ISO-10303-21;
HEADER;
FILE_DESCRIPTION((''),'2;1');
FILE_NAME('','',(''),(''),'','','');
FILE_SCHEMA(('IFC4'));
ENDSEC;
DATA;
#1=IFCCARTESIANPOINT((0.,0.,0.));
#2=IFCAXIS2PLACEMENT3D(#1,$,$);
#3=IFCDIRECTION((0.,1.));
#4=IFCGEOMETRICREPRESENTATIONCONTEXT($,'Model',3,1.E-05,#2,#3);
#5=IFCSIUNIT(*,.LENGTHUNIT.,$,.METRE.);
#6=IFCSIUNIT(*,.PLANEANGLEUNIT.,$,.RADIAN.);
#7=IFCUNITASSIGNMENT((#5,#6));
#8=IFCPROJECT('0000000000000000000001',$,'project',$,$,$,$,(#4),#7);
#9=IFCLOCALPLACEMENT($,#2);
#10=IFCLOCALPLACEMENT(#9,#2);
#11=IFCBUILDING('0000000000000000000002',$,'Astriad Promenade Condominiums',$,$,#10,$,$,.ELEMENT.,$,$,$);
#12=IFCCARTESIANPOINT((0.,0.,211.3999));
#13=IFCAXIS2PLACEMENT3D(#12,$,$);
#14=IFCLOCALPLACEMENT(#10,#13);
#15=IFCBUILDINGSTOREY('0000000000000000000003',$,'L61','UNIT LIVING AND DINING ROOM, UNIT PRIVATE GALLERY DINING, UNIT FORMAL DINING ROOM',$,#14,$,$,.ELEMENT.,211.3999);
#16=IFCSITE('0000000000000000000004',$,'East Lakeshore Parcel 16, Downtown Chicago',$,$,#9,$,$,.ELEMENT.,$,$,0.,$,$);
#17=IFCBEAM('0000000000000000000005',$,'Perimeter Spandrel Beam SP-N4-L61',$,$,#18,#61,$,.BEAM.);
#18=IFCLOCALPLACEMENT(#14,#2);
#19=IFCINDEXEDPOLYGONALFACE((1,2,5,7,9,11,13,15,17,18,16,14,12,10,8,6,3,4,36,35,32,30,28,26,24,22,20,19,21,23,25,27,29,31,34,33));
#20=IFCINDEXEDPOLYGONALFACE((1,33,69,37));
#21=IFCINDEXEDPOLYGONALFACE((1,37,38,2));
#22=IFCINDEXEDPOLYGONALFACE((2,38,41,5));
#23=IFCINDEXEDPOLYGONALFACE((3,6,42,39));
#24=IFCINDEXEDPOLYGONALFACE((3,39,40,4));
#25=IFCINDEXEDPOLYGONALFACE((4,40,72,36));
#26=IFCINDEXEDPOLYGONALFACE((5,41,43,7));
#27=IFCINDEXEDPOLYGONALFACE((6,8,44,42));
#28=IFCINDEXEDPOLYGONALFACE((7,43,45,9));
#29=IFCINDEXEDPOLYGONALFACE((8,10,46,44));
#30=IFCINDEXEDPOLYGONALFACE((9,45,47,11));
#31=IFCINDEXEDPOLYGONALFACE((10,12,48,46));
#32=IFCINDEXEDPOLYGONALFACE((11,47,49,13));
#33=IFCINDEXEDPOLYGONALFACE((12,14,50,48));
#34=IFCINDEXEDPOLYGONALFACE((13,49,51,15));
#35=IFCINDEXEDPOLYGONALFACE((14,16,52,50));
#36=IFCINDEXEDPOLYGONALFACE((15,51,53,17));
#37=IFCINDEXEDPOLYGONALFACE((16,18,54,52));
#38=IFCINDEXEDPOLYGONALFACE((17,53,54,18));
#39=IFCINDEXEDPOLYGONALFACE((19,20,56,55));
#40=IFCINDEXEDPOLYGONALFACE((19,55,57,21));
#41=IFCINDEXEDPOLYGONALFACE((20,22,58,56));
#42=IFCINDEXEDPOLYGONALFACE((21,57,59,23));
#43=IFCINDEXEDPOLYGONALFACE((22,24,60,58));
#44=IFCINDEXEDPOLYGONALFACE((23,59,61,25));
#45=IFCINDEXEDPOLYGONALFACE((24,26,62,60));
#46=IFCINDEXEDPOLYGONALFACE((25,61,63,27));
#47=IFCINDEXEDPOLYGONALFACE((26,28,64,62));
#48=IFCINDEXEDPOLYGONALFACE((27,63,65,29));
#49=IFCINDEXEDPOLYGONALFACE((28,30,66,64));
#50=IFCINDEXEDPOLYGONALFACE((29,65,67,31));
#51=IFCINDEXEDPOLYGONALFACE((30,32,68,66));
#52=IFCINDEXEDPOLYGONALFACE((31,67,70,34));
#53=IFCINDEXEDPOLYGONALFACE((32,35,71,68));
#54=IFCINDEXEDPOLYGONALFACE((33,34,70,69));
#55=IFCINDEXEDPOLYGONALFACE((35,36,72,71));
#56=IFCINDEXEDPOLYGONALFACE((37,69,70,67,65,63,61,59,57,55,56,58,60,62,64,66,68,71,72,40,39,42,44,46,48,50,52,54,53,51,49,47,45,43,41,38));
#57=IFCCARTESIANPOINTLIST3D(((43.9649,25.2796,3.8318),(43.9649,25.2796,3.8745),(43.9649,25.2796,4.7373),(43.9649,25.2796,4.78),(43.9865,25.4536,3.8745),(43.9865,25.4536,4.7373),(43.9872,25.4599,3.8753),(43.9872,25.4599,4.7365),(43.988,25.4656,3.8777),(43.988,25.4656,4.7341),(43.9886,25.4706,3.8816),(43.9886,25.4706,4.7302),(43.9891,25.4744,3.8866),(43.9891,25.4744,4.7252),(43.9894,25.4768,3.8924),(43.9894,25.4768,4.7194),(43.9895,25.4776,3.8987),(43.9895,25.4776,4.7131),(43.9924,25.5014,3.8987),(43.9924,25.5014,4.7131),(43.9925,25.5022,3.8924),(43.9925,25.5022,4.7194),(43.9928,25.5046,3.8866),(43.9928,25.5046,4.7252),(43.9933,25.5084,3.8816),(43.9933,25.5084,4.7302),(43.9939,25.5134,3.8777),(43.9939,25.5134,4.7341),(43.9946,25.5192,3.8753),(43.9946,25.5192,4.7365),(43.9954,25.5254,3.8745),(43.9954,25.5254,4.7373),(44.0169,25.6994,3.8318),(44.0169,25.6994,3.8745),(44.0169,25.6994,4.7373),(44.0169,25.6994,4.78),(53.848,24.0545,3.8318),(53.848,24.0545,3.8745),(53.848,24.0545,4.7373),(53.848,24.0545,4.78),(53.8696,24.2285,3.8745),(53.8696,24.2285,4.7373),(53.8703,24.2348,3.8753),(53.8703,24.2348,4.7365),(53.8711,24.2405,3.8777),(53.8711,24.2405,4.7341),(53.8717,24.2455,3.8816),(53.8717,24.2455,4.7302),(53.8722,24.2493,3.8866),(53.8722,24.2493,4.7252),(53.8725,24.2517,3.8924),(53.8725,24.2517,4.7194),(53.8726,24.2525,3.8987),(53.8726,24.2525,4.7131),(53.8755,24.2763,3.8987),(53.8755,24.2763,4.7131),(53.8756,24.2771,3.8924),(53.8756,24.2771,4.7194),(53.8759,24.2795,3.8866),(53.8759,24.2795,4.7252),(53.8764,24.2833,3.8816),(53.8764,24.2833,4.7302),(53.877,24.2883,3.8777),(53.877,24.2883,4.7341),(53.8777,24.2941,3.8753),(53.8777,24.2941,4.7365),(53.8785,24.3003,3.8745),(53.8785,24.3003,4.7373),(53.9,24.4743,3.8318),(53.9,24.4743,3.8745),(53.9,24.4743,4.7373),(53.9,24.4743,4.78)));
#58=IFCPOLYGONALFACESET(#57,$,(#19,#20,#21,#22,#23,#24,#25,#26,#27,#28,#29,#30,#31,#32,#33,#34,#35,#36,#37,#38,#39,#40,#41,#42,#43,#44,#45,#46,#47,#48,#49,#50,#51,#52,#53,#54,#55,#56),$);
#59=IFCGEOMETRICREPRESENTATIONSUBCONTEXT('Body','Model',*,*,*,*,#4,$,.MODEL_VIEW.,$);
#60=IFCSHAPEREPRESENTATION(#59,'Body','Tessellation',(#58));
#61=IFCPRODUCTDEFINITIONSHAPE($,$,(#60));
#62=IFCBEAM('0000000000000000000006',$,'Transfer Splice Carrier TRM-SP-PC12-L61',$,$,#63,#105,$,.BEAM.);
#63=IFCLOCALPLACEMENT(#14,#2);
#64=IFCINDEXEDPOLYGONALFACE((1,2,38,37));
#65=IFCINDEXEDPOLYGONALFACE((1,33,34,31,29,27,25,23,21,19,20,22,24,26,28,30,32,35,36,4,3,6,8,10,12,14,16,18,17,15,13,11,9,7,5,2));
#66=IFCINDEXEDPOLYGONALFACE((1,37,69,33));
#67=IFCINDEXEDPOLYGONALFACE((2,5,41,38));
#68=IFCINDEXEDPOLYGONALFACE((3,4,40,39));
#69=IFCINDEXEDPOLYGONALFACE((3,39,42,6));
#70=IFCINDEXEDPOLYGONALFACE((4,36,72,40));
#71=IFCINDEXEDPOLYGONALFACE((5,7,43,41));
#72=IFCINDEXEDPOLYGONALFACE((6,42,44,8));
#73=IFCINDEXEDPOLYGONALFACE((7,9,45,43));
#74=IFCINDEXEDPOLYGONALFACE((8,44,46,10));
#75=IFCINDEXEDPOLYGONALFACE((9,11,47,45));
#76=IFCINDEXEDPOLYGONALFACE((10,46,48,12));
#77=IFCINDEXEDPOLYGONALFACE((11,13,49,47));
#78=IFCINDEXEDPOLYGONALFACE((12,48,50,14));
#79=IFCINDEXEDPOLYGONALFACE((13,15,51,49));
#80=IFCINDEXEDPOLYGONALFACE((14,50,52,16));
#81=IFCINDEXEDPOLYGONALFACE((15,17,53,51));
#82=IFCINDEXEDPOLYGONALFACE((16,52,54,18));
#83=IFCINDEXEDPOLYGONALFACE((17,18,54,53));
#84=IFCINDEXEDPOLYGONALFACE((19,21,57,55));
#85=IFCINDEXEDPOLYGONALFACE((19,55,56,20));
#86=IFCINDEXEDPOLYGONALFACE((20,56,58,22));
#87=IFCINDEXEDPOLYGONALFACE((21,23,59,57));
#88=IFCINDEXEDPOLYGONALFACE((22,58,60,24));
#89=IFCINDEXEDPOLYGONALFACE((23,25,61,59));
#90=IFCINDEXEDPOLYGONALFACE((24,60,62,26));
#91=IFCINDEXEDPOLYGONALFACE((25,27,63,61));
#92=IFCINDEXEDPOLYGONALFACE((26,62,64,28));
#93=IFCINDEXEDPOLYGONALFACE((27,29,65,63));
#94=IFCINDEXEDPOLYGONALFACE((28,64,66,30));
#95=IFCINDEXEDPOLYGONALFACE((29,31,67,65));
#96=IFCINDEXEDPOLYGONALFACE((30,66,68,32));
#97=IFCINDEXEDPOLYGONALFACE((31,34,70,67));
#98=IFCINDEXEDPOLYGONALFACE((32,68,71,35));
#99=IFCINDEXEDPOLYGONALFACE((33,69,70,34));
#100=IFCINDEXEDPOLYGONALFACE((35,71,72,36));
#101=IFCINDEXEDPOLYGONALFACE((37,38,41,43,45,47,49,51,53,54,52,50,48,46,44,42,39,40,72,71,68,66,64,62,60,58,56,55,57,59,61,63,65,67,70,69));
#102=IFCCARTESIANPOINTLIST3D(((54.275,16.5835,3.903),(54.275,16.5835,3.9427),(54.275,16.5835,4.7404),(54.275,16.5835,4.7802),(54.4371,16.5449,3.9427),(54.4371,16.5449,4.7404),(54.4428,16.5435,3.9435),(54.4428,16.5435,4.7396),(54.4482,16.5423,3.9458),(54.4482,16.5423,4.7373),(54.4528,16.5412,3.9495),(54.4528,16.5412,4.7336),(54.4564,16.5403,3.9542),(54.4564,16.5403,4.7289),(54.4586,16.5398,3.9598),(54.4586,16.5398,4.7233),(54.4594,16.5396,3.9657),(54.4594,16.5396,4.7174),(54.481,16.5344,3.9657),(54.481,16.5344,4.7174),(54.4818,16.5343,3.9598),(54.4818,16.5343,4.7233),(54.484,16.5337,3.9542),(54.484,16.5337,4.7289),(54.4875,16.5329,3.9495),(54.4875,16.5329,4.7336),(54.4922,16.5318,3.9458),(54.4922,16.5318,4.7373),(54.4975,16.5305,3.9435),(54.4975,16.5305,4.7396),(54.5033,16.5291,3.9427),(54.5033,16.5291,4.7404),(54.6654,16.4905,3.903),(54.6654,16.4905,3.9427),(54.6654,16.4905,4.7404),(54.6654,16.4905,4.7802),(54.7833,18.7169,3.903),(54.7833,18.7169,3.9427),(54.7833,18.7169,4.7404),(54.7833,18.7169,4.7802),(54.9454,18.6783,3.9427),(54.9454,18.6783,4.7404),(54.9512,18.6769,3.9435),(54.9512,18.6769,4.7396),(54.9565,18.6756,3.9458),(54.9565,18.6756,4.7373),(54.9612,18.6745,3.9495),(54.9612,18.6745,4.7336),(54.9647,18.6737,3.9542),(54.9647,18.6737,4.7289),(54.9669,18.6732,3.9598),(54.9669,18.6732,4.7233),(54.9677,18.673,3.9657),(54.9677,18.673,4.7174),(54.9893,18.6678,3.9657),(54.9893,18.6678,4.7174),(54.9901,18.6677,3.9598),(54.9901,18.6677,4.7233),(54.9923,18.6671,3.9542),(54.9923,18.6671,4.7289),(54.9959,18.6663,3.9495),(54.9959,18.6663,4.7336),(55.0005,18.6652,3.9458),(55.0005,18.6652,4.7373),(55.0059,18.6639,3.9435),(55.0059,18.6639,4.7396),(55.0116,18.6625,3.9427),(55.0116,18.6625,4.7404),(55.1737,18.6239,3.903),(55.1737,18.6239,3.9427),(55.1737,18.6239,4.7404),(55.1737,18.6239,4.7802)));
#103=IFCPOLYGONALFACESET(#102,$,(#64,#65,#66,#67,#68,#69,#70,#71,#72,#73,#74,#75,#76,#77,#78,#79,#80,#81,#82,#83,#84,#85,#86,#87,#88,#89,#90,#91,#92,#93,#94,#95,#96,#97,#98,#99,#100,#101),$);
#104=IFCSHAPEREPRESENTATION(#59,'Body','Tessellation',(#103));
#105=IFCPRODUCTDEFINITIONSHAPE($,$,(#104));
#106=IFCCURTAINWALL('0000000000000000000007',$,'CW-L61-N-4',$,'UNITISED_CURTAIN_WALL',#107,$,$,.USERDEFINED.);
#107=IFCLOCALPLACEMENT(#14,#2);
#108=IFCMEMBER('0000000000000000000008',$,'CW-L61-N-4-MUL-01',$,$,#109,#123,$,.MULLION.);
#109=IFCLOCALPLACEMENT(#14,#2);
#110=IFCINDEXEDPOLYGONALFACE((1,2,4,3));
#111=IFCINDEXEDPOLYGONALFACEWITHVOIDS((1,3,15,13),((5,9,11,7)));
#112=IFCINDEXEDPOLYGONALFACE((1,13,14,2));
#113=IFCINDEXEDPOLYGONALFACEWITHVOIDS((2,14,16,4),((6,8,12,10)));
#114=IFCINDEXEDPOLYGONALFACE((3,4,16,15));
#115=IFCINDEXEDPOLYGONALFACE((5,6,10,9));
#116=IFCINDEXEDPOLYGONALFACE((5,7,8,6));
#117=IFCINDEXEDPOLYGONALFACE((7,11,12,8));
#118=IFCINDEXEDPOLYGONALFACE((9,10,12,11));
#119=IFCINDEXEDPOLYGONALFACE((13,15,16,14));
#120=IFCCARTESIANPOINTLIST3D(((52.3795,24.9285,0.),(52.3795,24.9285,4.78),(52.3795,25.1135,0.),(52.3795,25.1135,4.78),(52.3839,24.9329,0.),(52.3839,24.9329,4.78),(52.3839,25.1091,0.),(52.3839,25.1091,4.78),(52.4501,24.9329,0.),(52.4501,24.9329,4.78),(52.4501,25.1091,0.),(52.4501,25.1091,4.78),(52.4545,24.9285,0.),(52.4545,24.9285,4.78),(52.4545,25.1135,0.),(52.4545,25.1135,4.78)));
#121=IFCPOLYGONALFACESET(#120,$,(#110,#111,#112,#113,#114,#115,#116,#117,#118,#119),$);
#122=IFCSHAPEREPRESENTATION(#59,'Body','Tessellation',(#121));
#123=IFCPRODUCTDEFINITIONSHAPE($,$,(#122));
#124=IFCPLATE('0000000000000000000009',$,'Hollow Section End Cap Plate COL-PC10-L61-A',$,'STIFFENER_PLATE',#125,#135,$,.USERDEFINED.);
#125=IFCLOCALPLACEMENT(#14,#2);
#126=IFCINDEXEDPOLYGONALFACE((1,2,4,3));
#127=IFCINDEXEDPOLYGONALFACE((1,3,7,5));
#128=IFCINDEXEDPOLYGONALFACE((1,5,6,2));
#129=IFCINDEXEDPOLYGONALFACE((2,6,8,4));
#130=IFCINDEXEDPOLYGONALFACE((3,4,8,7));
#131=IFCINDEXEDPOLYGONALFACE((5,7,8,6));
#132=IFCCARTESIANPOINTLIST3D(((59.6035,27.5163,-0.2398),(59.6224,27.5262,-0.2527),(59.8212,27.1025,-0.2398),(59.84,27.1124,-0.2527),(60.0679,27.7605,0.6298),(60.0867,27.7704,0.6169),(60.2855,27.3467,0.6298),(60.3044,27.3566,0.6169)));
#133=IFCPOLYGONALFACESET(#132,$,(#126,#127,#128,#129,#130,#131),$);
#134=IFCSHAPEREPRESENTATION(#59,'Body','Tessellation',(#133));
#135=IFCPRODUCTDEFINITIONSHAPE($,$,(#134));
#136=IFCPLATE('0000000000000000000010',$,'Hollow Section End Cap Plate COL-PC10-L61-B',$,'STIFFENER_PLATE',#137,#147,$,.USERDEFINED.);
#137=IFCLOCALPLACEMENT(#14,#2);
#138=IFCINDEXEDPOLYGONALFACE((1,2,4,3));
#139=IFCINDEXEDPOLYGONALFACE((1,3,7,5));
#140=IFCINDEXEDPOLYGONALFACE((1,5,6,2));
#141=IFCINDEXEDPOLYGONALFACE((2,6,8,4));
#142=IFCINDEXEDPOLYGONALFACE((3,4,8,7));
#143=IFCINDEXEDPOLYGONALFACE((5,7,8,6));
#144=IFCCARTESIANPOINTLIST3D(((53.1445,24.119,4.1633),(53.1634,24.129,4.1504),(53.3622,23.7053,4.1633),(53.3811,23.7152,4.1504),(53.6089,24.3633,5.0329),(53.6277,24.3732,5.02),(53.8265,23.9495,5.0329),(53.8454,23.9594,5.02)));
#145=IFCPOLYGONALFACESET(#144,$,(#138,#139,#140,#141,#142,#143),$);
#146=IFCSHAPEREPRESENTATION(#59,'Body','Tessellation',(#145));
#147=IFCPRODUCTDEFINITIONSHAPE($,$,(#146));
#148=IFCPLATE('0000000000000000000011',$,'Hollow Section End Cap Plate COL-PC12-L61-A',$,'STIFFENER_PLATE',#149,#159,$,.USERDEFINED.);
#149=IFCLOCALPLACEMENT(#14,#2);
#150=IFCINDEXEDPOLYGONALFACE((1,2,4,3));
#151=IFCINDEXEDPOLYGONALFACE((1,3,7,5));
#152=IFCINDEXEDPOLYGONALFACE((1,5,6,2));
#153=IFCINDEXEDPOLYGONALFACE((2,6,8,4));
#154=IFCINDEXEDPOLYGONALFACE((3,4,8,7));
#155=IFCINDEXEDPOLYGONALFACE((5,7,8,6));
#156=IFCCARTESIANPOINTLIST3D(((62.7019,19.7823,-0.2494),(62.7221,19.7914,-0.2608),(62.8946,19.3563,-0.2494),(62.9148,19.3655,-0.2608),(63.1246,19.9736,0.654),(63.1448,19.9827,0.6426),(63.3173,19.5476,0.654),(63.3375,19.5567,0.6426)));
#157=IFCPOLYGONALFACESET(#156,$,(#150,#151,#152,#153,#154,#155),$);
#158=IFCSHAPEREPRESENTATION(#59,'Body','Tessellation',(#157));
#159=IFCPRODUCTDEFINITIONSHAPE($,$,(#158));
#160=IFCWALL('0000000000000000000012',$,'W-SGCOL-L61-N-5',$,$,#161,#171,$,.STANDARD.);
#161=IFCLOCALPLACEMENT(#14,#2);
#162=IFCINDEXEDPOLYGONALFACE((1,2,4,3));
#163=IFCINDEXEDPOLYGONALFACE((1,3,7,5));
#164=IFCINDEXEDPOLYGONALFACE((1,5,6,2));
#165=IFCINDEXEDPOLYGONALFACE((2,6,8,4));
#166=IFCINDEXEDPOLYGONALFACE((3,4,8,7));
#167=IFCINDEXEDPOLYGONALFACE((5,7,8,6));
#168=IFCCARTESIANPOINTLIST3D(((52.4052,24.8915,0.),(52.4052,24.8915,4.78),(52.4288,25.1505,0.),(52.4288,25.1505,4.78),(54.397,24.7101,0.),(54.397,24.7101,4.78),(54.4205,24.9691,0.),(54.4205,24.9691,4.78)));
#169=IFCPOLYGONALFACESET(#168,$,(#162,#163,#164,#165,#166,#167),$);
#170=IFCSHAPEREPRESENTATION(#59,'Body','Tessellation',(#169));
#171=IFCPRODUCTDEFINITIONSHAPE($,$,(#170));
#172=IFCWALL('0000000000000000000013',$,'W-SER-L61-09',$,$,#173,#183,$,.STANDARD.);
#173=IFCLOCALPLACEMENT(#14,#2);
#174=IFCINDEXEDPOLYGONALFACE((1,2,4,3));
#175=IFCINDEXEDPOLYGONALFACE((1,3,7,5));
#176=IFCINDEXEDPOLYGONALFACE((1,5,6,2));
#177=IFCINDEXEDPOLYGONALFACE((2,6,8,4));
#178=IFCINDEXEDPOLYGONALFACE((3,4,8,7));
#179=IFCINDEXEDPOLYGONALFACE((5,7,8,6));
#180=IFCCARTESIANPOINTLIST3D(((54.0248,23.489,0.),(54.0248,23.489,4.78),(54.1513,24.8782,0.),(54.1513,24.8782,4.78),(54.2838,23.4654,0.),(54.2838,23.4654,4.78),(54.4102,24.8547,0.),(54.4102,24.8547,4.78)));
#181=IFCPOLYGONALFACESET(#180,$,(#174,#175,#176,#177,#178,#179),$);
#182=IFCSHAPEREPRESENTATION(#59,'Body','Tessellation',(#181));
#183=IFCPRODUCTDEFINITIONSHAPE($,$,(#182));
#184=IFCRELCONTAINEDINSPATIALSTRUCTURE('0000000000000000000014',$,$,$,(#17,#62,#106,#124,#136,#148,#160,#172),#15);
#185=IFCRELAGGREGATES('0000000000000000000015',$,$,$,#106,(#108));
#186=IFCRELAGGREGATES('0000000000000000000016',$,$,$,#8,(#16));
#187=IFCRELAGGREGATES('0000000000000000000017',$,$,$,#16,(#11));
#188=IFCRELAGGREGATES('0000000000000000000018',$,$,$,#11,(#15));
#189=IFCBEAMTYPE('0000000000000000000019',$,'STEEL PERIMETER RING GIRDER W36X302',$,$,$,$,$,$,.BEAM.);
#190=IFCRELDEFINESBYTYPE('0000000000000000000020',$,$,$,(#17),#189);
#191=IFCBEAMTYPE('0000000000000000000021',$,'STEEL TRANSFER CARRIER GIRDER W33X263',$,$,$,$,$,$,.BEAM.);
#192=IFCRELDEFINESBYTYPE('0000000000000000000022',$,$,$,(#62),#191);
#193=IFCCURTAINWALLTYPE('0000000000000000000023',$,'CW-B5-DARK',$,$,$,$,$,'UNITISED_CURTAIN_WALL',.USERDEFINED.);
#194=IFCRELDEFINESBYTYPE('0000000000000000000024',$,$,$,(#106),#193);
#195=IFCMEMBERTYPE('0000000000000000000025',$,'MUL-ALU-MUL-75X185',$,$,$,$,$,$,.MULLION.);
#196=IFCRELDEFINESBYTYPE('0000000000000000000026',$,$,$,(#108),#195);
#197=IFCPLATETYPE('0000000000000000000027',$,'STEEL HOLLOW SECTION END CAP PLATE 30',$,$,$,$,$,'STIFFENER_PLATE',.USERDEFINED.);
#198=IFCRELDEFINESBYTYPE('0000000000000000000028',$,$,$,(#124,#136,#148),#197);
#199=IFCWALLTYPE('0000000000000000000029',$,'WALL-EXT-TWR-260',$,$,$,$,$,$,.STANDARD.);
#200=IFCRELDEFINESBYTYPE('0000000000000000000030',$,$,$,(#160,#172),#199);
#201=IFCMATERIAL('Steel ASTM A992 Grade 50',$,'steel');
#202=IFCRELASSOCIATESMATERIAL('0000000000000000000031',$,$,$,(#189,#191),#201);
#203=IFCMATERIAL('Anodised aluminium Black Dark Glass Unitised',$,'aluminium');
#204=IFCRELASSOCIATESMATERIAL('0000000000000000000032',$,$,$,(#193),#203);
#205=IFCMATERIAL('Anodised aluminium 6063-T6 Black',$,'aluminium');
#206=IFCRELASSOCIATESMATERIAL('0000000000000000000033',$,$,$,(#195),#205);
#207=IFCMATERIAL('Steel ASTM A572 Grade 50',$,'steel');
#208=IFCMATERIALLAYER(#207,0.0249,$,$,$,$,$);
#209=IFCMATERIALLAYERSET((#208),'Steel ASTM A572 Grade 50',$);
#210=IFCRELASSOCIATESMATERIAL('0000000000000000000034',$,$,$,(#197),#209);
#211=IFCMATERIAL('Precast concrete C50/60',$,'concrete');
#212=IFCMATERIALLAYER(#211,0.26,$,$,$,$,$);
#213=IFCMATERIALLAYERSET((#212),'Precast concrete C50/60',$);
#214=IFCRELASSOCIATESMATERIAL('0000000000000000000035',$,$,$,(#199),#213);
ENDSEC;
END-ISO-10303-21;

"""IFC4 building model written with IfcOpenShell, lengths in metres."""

from ifc_helpers import new_model, si_unit, direction, frame, frame_2d, origin, origin_2d, place, context, subcontext, project, spatial, rectangle, hollow_rectangle, i_section, extrude, source, transform, mapped, material, layer, layer_set, material_profile, profile_set, type_object, type_shapes, element, aggregate, save


model = new_model("IFC4")

# Units and contexts
model_context = context("Model", 3, precision=1e-05, world=origin(), true_north=direction((0.0, 1.0)))
body_context = subcontext(model_context, "Body", "Model", "MODEL_VIEW")
ifc_project = project(units=[si_unit("LENGTHUNIT", "METRE"), si_unit("PLANEANGLEUNIT", "RADIAN")], contexts=[model_context])

# Site, building, storey
site_placement = place(None, origin())
site = spatial("IfcSite", under=ifc_project, at=site_placement, Name="East Lakeshore Parcel 16, Downtown Chicago", CompositionType="ELEMENT", RefElevation=0.0)
building_placement = place(site_placement, origin())
building = spatial("IfcBuilding", under=site, at=building_placement, Name="Astriad Promenade Condominiums", CompositionType="ELEMENT")
storey_placement = place(building_placement, frame((0.0, 0.0, 211.3999)))
storey = spatial("IfcBuildingStorey", under=building, at=storey_placement, Name="L61", Description="UNIT LIVING AND DINING ROOM, UNIT PRIVATE GALLERY DINING, UNIT FORMAL DINING ROOM", CompositionType="ELEMENT", Elevation=211.3999)

# Shared definitions
ifc_material_1 = material(Name="Steel ASTM A992 Grade 50", Category="steel")

# Beams
ifc_material_profile_1 = material_profile(ifc_material_1, i_section(OverallWidth=0.4231, OverallDepth=0.9482, WebThickness=0.0239, FlangeThickness=0.0427, FilletRadius=0.0242, at=origin_2d()), Name="W36X302")
ifc_profile_set_1 = profile_set([ifc_material_profile_1], Name="Steel ASTM A992 Grade 50")
beam_type_1 = type_object("IfcBeamType", Name="STEEL PERIMETER RING GIRDER W36X302", PredefinedType="BEAM", material=ifc_profile_set_1)
shared_shape_1 = source(origin(), body_context, "Body", "SweptSolid", [
    extrude(i_section(OverallWidth=0.4231, OverallDepth=0.9482, WebThickness=0.0239, FlangeThickness=0.0427, FilletRadius=0.0242, at=origin_2d()), origin(), (0.0, 0.0, 1.0), 9.9587),
])
type_shapes(beam_type_1, [shared_shape_1])
beam_1_placement = place(storey_placement, frame((53.874, 24.2644, 4.3059), z_axis=(-0.992404, 0.123018, 0.0), x_axis=(-0.123018, -0.992404, 0.0)))
element("IfcBeam", 1, at=beam_1_placement, inside=storey, type_object=beam_type_1, Name="Perimeter Spandrel Beam SP-N4-L61", PredefinedType="BEAM", context=body_context, shape_type="MappedRepresentation", body=[
    mapped(shared_shape_1, transform((0.0, 0.0, 0.0), scale=1.0)),
])
ifc_material_profile_2 = material_profile(ifc_material_1, i_section(OverallWidth=0.4014, OverallDepth=0.8772, WebThickness=0.0222, FlangeThickness=0.0398, FilletRadius=0.0229, at=origin_2d()), Name="W33X263")
ifc_profile_set_2 = profile_set([ifc_material_profile_2], Name="Steel ASTM A992 Grade 50")
beam_type_2 = type_object("IfcBeamType", Name="STEEL TRANSFER CARRIER GIRDER W33X263", PredefinedType="BEAM", material=ifc_profile_set_2)
shared_shape_2 = source(origin(), body_context, "Body", "SweptSolid", [
    extrude(i_section(OverallWidth=0.4014, OverallDepth=0.8772, WebThickness=0.0222, FlangeThickness=0.0398, FilletRadius=0.0229, at=origin_2d()), origin(), (0.0, 0.0, 1.0), 2.1931),
])
type_shapes(beam_type_2, [shared_shape_2])
beam_2_placement = place(storey_placement, frame((54.9785, 18.6704, 4.3416), z_axis=(-0.231781, -0.972768, 0.0), x_axis=(0.972768, -0.231781, 0.0)))
element("IfcBeam", 2, at=beam_2_placement, inside=storey, type_object=beam_type_2, Name="Transfer Splice Carrier TRM-SP-PC12-L61", PredefinedType="BEAM", context=body_context, shape_type="MappedRepresentation", body=[
    mapped(shared_shape_2, transform((0.0, 0.0, 0.0), scale=1.0)),
])

# Curtain wall, member
ifc_material_2 = material(Name="Anodised aluminium Black Dark Glass Unitised", Category="aluminium")
curtain_wall_type = type_object("IfcCurtainWallType", Name="CW-B5-DARK", ElementType="UNITISED_CURTAIN_WALL", PredefinedType="USERDEFINED", material=ifc_material_2)
curtain_wall_placement = place(storey_placement, origin())
curtain_wall = element("IfcCurtainWall", 3, at=curtain_wall_placement, inside=storey, type_object=curtain_wall_type, Name="CW-L61-N-4", ObjectType="UNITISED_CURTAIN_WALL", PredefinedType="USERDEFINED")
ifc_material_3 = material(Name="Anodised aluminium 6063-T6 Black", Category="aluminium")
ifc_material_profile_3 = material_profile(ifc_material_3, hollow_rectangle(XDim=0.075, YDim=0.1851, WallThickness=0.0044, at=origin_2d()), Name="ALU-MUL-75X185")
ifc_profile_set_3 = profile_set([ifc_material_profile_3], Name="Anodised aluminium 6063-T6 Black")
member_type = type_object("IfcMemberType", Name="MUL-ALU-MUL-75X185", PredefinedType="MULLION", material=ifc_profile_set_3)
shared_shape_3 = source(origin(), body_context, "Body", "SweptSolid", [
    extrude(hollow_rectangle(XDim=0.075, YDim=0.1851, WallThickness=0.0044, at=origin_2d()), origin(), (0.0, 0.0, 1.0), 4.78),
])
type_shapes(member_type, [shared_shape_3])
member_placement = place(storey_placement, frame((52.417, 25.021, 0.0), z_axis=(0.0, 0.0, 1.0), x_axis=(1.0, 0.0, 0.0)))
member = element("IfcMember", 4, at=member_placement, type_object=member_type, Name="CW-L61-N-4-MUL-01", PredefinedType="MULLION", context=body_context, shape_type="MappedRepresentation", body=[
    mapped(shared_shape_3, transform((0.0, 0.0, 0.0), scale=1.0)),
])
aggregate(curtain_wall, [member])

# Plates
ifc_material_4 = material(Name="Steel ASTM A572 Grade 50", Category="steel")
ifc_layer_1 = layer(ifc_material_4, 0.0249)
ifc_layer_set_1 = layer_set([ifc_layer_1], Name="Steel ASTM A572 Grade 50")
plate_type = type_object("IfcPlateType", Name="STEEL HOLLOW SECTION END CAP PLATE 30", ElementType="STIFFENER_PLATE", PredefinedType="USERDEFINED", material=ifc_layer_set_1)
shared_shape_4 = source(origin(), body_context, "Body", "SweptSolid", [
    extrude(rectangle(XDim=0.4675, YDim=1.0156, at=origin_2d()), origin(), (0.0, 0.0, 1.0), 0.0249),
])
type_shapes(plate_type, [shared_shape_4])
for number, where, z_axis, x_axis, name in (
    (5, (59.9634, 27.4414, 0.1821), (-0.757808, -0.398596, 0.516573), (0.465518, -0.885039, 0.0), "Hollow Section End Cap Plate COL-PC10-L61-A"),
    (6, (53.5044, 24.0442, 4.5852), (-0.757808, -0.398596, 0.516573), (0.465518, -0.885039, 0.0), "Hollow Section End Cap Plate COL-PC10-L61-B"),
    (7, (63.0298, 19.6741, 0.1909), (-0.810429, -0.366746, 0.456838), (0.412283, -0.911056, 0.0), "Hollow Section End Cap Plate COL-PC12-L61-A"),
):
    element("IfcPlate", number, at=place(storey_placement, frame(where, z_axis=z_axis, x_axis=x_axis)), inside=storey, type_object=plate_type, Name=name, ObjectType="STIFFENER_PLATE", PredefinedType="USERDEFINED", context=body_context, shape_type="MappedRepresentation", body=[
        mapped(shared_shape_4, transform((0.0, 0.0, 0.0), scale=1.0)),
    ])

# Walls
ifc_material_5 = material(Name="Precast concrete C50/60", Category="concrete")
ifc_layer_2 = layer(ifc_material_5, 0.26)
ifc_layer_set_2 = layer_set([ifc_layer_2], Name="Precast concrete C50/60")
wall_type_1 = type_object("IfcWallType", Name="WALL-EXT-TWR-260", PredefinedType="STANDARD", material=ifc_layer_set_2)
wall_1_placement = place(storey_placement, frame((52.417, 25.021, 0.0), z_axis=(0.0, 0.0, 1.0), x_axis=(0.995878, -0.090701, 0.0)))
element("IfcWall", 8, at=wall_1_placement, inside=storey, type_object=wall_type_1, Name="W-SGCOL-L61-N-5", PredefinedType="STANDARD", context=body_context, shape_type="SweptSolid", body=[
    extrude(rectangle(XDim=2.0, YDim=0.26, at=frame_2d((1.0, 0.0))), origin(), (0.0, 0.0, 1.0), 4.78),
])
wall_2_placement = place(storey_placement, frame((54.2808, 24.8665, 0.0), z_axis=(0.0, 0.0, 1.0), x_axis=(-0.090662, -0.995882, 0.0)))
element("IfcWall", 9, at=wall_2_placement, inside=storey, type_object=wall_type_1, Name="W-SER-L61-09", PredefinedType="STANDARD", context=body_context, shape_type="SweptSolid", body=[
    extrude(rectangle(XDim=1.395, YDim=0.26, at=frame_2d((0.6975, 0.0))), origin(), (0.0, 0.0, 1.0), 4.78),
])

save(model, "model.ifc")
